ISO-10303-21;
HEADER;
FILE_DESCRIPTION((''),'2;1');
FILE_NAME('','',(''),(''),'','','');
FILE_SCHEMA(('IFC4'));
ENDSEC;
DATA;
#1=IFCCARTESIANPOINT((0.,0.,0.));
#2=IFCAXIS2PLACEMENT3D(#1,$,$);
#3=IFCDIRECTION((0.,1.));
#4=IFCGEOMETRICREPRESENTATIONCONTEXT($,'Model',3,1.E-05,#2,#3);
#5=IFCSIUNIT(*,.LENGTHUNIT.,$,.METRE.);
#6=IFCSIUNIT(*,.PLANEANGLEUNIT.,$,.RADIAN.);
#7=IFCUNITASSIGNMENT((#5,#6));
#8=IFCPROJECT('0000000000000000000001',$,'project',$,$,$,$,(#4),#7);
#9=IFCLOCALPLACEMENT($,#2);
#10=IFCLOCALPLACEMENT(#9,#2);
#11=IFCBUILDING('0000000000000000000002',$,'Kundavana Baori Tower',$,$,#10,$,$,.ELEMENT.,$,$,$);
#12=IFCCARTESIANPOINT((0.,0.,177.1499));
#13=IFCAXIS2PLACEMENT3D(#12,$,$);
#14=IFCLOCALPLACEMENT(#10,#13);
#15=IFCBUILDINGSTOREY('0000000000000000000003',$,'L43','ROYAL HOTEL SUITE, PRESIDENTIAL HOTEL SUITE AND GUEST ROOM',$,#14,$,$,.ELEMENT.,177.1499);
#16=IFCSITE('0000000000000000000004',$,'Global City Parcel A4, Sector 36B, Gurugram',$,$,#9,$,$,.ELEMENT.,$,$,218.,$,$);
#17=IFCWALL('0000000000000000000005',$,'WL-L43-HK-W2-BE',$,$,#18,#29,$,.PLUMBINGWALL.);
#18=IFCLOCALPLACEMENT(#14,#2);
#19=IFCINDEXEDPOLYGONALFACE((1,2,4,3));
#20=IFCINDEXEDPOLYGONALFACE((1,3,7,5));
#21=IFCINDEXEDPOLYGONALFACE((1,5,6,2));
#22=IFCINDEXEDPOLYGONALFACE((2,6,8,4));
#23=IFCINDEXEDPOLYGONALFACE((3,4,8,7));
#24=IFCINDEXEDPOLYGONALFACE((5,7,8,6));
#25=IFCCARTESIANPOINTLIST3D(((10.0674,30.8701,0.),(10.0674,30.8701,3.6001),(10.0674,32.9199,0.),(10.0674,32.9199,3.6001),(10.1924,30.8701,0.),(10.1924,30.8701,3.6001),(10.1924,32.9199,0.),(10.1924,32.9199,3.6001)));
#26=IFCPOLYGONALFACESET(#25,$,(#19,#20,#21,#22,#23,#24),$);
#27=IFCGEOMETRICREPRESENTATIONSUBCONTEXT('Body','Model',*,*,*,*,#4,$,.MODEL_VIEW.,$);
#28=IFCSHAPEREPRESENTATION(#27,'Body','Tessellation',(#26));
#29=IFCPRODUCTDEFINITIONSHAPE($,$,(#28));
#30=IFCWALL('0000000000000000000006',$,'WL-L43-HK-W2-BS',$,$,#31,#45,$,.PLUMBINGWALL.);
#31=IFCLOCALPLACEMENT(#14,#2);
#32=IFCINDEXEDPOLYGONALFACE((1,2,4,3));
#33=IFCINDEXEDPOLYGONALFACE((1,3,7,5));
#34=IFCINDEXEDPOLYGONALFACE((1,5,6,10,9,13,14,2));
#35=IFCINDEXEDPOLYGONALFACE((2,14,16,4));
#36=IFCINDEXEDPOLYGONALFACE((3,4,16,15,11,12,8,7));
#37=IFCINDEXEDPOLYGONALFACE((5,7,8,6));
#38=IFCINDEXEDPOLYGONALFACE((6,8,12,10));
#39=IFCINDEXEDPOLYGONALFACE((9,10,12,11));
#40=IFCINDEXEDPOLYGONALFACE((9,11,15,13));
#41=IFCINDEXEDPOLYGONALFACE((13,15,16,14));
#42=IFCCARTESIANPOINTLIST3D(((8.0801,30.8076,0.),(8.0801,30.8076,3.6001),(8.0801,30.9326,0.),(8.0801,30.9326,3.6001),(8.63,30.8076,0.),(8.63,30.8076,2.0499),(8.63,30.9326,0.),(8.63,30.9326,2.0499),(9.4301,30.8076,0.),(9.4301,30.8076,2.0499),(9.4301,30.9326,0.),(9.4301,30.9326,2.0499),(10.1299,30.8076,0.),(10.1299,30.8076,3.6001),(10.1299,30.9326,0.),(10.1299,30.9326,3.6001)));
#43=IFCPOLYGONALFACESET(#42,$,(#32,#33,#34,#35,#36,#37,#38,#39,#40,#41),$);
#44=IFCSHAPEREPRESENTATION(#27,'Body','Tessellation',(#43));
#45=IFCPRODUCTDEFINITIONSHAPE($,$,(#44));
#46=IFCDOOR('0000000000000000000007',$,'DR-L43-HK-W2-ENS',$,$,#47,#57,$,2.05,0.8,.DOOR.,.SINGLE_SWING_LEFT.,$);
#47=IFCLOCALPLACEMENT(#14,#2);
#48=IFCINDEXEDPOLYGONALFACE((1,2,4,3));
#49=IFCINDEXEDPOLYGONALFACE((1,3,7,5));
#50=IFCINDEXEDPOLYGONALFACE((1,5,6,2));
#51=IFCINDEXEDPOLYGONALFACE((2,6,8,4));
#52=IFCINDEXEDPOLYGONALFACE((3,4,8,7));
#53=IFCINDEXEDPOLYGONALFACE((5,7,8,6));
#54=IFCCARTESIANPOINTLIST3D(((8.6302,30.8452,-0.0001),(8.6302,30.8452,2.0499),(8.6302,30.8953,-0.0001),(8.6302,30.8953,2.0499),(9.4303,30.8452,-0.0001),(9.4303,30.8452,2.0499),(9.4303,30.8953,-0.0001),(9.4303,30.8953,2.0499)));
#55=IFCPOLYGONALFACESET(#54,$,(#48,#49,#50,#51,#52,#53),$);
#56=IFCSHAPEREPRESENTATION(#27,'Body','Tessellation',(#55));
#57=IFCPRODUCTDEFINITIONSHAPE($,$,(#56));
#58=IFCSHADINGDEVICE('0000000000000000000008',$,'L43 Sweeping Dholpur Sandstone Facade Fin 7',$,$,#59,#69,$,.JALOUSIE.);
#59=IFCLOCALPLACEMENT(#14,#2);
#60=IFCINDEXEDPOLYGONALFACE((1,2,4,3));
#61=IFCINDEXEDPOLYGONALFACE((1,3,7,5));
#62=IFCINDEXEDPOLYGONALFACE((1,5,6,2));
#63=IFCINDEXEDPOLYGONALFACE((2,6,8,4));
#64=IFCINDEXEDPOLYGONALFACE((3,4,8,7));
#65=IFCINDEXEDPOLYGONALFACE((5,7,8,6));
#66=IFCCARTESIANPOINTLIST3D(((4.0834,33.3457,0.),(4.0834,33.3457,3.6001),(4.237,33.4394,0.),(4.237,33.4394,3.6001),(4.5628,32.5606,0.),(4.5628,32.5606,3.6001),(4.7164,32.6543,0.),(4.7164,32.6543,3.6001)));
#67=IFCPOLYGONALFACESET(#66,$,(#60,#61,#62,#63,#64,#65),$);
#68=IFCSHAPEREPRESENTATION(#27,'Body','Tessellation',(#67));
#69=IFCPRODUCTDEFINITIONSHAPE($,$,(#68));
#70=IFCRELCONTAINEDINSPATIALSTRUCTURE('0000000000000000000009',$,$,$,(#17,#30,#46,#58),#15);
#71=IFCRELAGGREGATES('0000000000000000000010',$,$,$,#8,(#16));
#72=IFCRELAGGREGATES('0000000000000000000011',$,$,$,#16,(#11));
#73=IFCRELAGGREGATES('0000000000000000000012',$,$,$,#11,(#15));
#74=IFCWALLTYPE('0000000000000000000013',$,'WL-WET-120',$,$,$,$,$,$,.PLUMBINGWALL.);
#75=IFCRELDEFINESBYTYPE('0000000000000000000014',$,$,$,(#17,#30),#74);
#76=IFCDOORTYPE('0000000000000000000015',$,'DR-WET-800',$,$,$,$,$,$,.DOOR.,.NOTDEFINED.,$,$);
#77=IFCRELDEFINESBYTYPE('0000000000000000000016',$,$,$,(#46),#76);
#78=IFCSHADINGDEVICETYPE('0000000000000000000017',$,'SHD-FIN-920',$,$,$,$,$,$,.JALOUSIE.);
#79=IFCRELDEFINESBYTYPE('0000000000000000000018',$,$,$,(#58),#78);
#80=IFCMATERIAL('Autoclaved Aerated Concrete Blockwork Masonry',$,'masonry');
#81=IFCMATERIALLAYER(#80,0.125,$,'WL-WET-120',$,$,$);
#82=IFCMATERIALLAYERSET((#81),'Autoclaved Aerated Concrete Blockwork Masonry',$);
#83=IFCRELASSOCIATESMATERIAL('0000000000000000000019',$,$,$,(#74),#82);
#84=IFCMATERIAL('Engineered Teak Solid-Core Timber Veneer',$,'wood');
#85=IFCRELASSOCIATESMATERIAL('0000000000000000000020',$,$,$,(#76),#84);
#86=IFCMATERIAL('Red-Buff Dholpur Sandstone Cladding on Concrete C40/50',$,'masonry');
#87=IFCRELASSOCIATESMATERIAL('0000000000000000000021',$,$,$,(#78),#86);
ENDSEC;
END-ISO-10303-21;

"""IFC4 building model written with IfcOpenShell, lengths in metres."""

from ifc_helpers import new_model, si_unit, direction, frame, frame_2d, origin, origin_2d, place, context, subcontext, project, spatial, rectangle, extrude, material, layer, layer_set, type_object, element, fill, save


model = new_model("IFC4")

# Units and contexts
model_context = context("Model", 3, precision=1e-05, world=origin(), true_north=direction((0.0, 1.0)))
body_context = subcontext(model_context, "Body", "Model", "MODEL_VIEW")
ifc_project = project(units=[si_unit("LENGTHUNIT", "METRE"), si_unit("PLANEANGLEUNIT", "RADIAN")], contexts=[model_context])

# Site, building, storey
site_placement = place(None, origin())
site = spatial("IfcSite", under=ifc_project, at=site_placement, Name="Global City Parcel A4, Sector 36B, Gurugram", CompositionType="ELEMENT", RefElevation=218.0)
building_placement = place(site_placement, origin())
building = spatial("IfcBuilding", under=site, at=building_placement, Name="Kundavana Baori Tower", CompositionType="ELEMENT")
storey_placement = place(building_placement, frame((0.0, 0.0, 177.1499)))
storey = spatial("IfcBuildingStorey", under=building, at=storey_placement, Name="L43", Description="ROYAL HOTEL SUITE, PRESIDENTIAL HOTEL SUITE AND GUEST ROOM", CompositionType="ELEMENT", Elevation=177.1499)

# Wall
ifc_material_1 = material(Name="Autoclaved Aerated Concrete Blockwork Masonry", Category="masonry")
ifc_layer_1 = layer(ifc_material_1, 0.125, Name="WL-WET-120")
ifc_layer_set_1 = layer_set([ifc_layer_1], Name="Autoclaved Aerated Concrete Blockwork Masonry")
wall_type_1 = type_object("IfcWallType", Name="WL-WET-120", PredefinedType="PLUMBINGWALL", material=ifc_layer_set_1)
wall_1_placement = place(storey_placement, frame((10.1299, 30.8701, 0.0), z_axis=(0.0, 0.0, 1.0), x_axis=(0.0, 1.0, 0.0)))
element("IfcWall", 1, at=wall_1_placement, inside=storey, type_object=wall_type_1, Name="WL-L43-HK-W2-BE", PredefinedType="PLUMBINGWALL", context=body_context, shape_type="SweptSolid", body=[
    extrude(rectangle(XDim=2.0498, YDim=0.125, at=frame_2d((1.0249, 0.0))), origin(), (0.0, 0.0, 1.0), 3.6001),
])

# Wall, opening, door
wall_2_placement = place(storey_placement, frame((8.0801, 30.8701, 0.0), z_axis=(0.0, 0.0, 1.0), x_axis=(1.0, 0.0, 0.0)))
wall_2 = element("IfcWall", 2, at=wall_2_placement, inside=storey, type_object=wall_type_1, Name="WL-L43-HK-W2-BS", PredefinedType="PLUMBINGWALL", context=body_context, shape_type="SweptSolid", body=[
    extrude(rectangle(XDim=2.0498, YDim=0.125, at=frame_2d((1.0249, 0.0))), origin(), (0.0, 0.0, 1.0), 3.6001),
])
opening_1_placement = place(wall_2_placement, frame((0.55, 0.0, 0.0)))
opening_1 = element("IfcOpeningElement", 3, at=opening_1_placement, cuts=wall_2, PredefinedType="OPENING", context=body_context, shape_type="SweptSolid", body=[
    extrude(rectangle(XDim=0.8, YDim=2.05, at=frame_2d((0.3999, 1.0249))), frame((0.0, 0.0725, 0.0), z_axis=(0.0, -1.0, 0.0), x_axis=(1.0, 0.0, 0.0)), (0.0, 0.0, 1.0), 0.145),
])
ifc_material_2 = material(Name="Engineered Teak Solid-Core Timber Veneer", Category="wood")
door_type_1 = type_object("IfcDoorType", Name="DR-WET-800", OperationType="NOTDEFINED", PredefinedType="DOOR", material=ifc_material_2)
door_1_placement = place(opening_1_placement, frame((0.8, 0.0, 0.0), z_axis=(0.0, 0.0, 1.0), x_axis=(-1.0, 0.0, 0.0)))
door_1 = element("IfcDoor", 4, at=door_1_placement, inside=storey, type_object=door_type_1, Name="DR-L43-HK-W2-ENS", OperationType="SINGLE_SWING_LEFT", OverallHeight=2.05, OverallWidth=0.8, PredefinedType="DOOR", context=body_context, shape_type="SweptSolid", body=[
    extrude(rectangle(XDim=0.8, YDim=2.05, at=frame_2d((0.3999, 1.0249))), frame((0.0, 0.0249, 0.0), z_axis=(0.0, -1.0, 0.0), x_axis=(1.0, 0.0, 0.0)), (0.0, 0.0, 1.0), 0.05),
])
fill(opening_1, door_1)

# Shading device
ifc_material_3 = material(Name="Red-Buff Dholpur Sandstone Cladding on Concrete C40/50", Category="masonry")
shading_device_type = type_object("IfcShadingDeviceType", Name="SHD-FIN-920", PredefinedType="JALOUSIE", material=ifc_material_3)
shading_device_placement = place(storey_placement, frame((4.3999, 33.0, 0.0), z_axis=(0.0, 0.0, 1.0), x_axis=(0.85346, 0.521159, 0.0)))
element("IfcShadingDevice", 5, at=shading_device_placement, inside=storey, type_object=shading_device_type, Name="L43 Sweeping Dholpur Sandstone Facade Fin 7", PredefinedType="JALOUSIE", context=body_context, shape_type="SweptSolid", body=[
    extrude(rectangle(XDim=0.1799, YDim=0.9199, at=origin_2d()), origin(), (0.0, 0.0, 1.0), 3.6001),
])

save(model, "model.ifc")
